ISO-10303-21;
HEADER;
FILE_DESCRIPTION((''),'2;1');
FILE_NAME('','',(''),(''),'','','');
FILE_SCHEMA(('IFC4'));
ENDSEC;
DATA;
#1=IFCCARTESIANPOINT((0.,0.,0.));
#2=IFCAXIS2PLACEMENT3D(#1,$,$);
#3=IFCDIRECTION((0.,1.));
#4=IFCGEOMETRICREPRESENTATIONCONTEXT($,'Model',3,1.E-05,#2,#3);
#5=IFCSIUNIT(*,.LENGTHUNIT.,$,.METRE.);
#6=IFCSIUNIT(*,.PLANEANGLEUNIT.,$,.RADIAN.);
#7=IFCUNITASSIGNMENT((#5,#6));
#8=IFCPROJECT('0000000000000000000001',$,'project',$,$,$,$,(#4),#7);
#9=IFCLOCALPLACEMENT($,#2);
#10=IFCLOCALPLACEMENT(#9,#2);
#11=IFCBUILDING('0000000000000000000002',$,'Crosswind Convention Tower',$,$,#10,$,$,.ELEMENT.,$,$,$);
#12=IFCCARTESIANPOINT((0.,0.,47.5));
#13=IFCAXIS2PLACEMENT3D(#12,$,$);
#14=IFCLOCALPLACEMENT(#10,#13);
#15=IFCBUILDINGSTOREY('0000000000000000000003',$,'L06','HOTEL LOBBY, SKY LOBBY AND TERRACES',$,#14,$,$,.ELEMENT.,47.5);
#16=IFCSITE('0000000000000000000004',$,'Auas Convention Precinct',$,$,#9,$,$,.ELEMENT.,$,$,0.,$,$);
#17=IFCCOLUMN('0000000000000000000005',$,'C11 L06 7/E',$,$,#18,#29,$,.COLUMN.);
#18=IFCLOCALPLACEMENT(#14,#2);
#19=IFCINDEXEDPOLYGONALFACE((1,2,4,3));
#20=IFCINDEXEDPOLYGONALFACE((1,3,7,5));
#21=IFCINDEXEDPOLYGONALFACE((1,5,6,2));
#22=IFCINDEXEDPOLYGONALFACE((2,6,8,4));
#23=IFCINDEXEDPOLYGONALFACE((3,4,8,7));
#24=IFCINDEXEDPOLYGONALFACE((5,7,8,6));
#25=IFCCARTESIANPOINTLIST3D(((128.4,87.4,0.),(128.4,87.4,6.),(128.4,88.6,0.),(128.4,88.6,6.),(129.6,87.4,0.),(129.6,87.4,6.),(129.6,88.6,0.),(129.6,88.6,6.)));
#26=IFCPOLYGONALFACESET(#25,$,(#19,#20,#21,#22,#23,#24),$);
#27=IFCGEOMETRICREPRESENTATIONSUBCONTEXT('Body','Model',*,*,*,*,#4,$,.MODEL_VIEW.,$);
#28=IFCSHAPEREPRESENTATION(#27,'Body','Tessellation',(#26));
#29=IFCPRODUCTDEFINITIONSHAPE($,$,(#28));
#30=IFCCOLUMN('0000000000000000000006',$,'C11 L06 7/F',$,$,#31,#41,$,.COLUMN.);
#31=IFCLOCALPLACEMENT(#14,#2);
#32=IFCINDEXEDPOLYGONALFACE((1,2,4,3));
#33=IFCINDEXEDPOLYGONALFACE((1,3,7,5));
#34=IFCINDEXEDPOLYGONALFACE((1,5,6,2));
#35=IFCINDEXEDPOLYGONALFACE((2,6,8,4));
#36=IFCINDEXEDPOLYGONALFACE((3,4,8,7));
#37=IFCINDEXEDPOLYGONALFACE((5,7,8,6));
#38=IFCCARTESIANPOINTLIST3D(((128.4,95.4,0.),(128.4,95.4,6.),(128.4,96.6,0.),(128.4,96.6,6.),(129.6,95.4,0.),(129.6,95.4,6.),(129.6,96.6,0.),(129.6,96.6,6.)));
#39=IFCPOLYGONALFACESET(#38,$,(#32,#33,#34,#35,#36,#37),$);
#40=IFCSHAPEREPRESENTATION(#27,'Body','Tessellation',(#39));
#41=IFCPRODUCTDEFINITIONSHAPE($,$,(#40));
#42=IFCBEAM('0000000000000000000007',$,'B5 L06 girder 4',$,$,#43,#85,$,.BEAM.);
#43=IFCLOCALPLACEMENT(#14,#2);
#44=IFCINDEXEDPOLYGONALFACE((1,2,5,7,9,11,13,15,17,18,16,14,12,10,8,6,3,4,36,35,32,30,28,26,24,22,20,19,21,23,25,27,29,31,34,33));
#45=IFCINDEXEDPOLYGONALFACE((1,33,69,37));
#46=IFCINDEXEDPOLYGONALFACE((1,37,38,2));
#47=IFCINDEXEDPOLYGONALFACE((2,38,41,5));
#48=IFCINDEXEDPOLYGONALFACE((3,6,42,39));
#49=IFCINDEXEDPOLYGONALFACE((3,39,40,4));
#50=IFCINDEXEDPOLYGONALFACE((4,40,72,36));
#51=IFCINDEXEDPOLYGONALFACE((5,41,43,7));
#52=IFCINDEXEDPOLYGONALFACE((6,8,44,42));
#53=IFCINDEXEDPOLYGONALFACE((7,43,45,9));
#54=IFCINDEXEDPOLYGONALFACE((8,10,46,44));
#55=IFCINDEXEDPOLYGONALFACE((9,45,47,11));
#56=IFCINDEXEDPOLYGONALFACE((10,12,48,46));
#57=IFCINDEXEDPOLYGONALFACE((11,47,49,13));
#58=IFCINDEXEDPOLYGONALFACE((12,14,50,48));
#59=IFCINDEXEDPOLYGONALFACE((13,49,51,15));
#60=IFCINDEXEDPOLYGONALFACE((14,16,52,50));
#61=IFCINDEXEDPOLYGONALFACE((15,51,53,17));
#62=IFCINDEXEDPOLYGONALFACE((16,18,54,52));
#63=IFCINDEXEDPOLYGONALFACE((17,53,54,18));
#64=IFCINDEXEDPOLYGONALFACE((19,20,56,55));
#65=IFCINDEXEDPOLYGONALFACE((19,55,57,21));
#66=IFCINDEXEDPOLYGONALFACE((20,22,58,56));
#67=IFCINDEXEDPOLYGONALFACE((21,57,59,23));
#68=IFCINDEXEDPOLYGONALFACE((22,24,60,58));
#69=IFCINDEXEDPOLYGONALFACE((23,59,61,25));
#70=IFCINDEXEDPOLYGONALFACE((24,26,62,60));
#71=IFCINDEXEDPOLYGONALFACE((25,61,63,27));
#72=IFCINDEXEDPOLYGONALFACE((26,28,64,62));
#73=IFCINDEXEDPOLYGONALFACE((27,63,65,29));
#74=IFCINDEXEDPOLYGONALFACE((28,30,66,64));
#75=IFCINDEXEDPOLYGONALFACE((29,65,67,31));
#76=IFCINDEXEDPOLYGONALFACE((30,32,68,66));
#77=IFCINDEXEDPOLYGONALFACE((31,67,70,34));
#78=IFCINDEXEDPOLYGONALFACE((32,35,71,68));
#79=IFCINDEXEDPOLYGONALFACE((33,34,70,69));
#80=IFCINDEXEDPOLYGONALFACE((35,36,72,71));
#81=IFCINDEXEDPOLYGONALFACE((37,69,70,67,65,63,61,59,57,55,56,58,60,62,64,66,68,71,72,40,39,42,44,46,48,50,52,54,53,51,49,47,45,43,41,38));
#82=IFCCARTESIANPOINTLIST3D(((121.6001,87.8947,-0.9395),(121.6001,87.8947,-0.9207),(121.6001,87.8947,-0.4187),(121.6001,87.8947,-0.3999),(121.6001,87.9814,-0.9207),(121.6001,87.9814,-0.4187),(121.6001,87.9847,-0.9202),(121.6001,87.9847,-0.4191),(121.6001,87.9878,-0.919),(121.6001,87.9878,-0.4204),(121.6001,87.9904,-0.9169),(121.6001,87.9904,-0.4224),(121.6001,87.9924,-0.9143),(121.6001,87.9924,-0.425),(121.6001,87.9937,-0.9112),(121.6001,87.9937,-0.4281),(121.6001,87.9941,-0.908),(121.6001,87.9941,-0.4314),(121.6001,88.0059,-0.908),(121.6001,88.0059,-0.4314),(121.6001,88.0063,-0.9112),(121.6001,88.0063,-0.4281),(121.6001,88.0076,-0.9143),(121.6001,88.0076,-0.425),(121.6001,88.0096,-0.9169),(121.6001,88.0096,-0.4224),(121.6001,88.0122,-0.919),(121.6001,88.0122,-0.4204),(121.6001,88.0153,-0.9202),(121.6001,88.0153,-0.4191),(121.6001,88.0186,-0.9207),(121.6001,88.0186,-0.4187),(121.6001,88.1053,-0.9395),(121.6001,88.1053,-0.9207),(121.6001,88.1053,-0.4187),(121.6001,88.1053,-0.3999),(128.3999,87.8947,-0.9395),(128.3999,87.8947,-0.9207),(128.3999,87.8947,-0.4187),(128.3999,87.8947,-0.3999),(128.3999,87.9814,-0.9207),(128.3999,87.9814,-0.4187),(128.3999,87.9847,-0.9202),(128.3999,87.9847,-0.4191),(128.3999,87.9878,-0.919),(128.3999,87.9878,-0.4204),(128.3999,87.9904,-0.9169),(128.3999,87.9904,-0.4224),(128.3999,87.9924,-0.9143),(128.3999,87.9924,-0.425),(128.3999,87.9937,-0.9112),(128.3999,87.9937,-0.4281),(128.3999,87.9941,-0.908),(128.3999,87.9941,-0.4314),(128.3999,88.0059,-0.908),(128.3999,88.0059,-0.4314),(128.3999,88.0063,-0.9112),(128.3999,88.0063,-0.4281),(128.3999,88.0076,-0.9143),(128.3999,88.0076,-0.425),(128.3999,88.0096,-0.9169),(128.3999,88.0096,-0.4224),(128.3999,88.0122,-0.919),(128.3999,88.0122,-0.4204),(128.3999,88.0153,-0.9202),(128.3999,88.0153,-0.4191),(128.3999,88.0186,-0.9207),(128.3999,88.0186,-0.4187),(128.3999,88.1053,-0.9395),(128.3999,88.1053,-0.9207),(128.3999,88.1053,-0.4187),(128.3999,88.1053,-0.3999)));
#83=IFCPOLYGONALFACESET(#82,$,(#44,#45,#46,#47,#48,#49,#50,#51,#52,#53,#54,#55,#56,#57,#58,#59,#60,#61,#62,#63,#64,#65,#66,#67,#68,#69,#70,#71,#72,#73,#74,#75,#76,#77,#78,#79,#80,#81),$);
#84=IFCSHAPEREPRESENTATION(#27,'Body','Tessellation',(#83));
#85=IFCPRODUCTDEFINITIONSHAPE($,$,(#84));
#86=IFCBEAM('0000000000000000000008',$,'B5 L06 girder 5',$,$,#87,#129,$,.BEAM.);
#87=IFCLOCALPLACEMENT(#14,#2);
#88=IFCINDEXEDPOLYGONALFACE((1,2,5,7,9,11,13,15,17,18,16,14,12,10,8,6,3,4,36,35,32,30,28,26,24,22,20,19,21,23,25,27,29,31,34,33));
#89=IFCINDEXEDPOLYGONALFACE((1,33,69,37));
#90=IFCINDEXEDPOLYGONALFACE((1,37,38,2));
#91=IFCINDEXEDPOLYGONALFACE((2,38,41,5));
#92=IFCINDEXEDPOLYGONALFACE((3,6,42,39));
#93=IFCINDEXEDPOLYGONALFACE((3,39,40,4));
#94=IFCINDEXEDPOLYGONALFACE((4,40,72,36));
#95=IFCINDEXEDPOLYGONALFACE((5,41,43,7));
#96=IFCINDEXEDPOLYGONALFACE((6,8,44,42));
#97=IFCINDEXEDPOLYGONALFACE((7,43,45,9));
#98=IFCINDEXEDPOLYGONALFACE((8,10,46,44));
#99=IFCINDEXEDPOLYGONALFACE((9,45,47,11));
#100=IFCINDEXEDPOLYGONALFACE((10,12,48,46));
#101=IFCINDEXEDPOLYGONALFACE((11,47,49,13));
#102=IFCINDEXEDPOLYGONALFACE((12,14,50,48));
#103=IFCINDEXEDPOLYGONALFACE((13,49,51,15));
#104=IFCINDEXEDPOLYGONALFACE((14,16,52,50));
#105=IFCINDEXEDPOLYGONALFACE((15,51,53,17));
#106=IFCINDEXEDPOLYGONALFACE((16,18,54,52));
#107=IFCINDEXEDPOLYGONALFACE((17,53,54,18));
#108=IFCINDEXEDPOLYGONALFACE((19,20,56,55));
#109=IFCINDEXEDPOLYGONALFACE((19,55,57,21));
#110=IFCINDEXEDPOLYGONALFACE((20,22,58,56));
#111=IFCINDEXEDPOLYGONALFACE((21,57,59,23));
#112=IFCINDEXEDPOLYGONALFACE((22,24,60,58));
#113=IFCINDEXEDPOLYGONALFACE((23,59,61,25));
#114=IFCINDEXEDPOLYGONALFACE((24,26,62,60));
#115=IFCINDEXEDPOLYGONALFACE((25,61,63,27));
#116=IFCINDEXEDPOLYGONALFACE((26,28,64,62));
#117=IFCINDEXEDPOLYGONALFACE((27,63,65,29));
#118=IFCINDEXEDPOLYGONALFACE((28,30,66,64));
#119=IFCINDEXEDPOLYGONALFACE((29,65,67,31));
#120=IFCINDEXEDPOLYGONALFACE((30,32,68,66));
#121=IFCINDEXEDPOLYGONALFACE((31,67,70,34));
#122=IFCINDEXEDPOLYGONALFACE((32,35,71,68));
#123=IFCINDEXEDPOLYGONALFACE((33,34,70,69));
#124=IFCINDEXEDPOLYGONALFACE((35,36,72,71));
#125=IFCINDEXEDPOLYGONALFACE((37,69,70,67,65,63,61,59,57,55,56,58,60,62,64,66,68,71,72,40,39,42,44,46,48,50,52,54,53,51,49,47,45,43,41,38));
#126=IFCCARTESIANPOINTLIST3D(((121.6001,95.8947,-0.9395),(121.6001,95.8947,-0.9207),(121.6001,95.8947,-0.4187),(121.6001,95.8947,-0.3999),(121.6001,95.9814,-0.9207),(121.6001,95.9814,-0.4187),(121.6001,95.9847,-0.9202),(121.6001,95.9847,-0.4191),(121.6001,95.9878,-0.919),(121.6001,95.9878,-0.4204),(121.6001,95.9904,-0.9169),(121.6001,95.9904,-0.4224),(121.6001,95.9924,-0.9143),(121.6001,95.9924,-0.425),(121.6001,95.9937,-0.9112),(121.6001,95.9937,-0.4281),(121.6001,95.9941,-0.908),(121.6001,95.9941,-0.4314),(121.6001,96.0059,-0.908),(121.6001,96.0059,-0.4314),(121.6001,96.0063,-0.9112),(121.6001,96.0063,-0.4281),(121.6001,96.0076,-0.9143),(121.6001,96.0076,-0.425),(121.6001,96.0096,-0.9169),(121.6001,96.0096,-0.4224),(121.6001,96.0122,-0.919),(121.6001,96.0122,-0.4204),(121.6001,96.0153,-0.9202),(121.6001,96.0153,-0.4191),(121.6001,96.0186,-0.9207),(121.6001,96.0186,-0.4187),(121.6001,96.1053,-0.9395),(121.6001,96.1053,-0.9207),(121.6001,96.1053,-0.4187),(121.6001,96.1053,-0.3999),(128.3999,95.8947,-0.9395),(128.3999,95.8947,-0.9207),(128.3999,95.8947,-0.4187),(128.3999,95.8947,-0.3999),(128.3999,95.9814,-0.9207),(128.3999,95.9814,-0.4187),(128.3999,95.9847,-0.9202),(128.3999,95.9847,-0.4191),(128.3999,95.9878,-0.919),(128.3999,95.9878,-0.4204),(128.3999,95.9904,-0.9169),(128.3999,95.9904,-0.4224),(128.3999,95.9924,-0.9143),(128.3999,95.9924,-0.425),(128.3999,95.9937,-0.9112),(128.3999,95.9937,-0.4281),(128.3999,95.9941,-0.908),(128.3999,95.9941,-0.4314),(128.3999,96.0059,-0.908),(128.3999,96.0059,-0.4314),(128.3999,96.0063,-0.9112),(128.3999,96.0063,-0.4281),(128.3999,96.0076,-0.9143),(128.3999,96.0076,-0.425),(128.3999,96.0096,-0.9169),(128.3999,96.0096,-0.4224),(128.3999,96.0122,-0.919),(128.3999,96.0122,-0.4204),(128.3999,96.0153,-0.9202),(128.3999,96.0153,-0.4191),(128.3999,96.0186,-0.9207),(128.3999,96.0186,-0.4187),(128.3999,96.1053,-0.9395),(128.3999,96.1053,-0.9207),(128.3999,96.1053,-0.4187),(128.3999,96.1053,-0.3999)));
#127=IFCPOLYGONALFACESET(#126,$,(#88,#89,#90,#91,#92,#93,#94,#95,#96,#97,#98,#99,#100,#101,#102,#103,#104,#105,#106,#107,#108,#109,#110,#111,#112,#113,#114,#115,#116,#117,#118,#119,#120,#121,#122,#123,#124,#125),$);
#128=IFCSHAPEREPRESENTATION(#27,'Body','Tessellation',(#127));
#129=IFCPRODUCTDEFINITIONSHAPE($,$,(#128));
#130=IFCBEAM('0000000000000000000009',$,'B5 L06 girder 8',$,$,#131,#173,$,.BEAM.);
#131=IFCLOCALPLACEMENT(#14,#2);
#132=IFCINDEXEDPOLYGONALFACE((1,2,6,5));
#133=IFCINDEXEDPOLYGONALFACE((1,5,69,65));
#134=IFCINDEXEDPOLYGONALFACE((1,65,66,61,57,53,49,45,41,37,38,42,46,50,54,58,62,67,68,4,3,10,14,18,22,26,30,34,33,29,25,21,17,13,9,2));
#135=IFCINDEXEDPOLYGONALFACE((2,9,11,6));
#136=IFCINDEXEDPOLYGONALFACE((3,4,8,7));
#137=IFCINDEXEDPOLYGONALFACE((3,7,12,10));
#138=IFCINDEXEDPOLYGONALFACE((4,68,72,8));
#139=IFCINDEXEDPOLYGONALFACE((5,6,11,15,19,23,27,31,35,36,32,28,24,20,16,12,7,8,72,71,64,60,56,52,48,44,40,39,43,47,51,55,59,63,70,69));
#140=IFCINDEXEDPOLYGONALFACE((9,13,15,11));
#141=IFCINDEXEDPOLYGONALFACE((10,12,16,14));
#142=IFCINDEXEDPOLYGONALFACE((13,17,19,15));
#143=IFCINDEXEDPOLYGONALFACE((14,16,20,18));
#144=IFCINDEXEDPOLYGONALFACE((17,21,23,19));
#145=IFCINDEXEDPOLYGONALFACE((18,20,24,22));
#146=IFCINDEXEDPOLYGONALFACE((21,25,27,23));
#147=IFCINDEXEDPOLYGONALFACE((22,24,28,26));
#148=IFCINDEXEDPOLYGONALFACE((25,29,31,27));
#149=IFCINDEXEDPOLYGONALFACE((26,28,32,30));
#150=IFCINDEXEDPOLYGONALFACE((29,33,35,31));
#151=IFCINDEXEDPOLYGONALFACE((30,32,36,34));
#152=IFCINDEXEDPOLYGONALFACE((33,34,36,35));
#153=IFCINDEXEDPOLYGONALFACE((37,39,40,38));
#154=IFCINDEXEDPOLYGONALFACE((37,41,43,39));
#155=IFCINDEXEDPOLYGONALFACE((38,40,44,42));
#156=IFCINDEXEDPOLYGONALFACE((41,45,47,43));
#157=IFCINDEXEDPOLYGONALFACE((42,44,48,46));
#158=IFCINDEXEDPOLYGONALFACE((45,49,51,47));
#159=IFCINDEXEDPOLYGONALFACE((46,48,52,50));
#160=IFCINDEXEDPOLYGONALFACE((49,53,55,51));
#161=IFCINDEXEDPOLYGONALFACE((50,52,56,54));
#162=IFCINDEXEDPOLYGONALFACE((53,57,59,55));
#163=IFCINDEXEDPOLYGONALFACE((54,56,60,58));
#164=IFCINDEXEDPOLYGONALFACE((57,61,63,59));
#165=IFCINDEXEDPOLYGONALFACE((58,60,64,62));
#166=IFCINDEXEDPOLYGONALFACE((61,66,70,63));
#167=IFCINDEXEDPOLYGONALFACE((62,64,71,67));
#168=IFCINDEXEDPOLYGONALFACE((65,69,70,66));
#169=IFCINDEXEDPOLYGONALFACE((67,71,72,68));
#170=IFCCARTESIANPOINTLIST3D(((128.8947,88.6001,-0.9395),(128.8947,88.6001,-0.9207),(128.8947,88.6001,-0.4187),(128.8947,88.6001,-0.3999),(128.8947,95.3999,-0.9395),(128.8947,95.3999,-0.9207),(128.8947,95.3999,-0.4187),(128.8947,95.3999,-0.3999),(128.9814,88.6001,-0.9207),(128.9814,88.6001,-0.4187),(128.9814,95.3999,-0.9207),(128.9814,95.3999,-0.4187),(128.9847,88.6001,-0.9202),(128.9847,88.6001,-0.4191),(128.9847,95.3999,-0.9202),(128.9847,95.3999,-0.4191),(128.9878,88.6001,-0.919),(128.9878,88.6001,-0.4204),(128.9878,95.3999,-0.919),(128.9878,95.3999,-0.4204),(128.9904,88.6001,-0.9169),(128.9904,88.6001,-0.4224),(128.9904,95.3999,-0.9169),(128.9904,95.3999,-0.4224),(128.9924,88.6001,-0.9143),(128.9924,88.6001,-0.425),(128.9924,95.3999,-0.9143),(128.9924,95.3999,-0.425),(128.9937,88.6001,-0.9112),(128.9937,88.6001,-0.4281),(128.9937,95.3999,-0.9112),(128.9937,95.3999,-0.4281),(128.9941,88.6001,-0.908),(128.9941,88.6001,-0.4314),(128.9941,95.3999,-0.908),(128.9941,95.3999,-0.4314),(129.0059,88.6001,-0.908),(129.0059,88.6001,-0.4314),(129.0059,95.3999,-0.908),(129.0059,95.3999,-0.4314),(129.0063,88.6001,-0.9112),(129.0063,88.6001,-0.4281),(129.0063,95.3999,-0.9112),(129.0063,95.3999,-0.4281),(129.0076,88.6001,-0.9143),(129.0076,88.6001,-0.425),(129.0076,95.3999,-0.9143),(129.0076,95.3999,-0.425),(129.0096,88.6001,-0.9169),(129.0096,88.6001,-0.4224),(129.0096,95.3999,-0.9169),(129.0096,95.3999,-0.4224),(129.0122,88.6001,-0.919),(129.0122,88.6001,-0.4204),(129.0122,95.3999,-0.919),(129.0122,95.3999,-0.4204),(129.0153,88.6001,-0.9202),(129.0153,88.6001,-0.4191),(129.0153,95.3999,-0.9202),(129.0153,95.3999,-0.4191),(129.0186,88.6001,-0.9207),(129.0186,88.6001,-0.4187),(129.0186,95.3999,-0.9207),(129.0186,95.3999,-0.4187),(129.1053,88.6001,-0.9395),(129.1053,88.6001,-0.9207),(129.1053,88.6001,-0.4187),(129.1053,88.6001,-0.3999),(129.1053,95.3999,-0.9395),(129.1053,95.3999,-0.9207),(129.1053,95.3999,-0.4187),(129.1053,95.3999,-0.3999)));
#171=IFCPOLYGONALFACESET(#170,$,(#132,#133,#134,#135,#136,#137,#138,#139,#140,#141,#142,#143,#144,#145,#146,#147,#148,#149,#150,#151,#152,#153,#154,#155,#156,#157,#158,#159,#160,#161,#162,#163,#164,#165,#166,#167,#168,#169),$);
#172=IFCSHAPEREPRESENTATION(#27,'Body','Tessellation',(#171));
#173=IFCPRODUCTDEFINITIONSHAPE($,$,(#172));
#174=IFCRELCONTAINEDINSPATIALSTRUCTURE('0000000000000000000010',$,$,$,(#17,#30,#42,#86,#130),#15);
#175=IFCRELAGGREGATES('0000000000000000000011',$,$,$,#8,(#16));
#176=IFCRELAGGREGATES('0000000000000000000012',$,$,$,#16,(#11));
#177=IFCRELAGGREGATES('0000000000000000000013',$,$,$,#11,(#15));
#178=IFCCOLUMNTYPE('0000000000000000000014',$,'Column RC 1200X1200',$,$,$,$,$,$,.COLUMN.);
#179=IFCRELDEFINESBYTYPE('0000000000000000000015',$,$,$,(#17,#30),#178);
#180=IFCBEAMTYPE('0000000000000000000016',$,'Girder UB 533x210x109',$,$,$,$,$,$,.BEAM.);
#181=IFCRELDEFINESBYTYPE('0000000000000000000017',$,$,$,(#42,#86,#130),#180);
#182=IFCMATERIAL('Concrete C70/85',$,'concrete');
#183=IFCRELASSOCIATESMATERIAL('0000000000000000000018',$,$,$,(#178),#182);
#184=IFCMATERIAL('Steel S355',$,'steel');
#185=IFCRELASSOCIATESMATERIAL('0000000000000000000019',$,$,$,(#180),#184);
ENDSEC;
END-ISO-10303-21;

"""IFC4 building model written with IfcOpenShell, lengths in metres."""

from ifc_helpers import new_model, si_unit, direction, frame, origin, origin_2d, place, context, subcontext, project, spatial, rectangle, i_section, extrude, material, material_profile, profile_set, type_object, element, save


model = new_model("IFC4")

# Units and contexts
model_context = context("Model", 3, precision=1e-05, world=origin(), true_north=direction((0.0, 1.0)))
body_context = subcontext(model_context, "Body", "Model", "MODEL_VIEW")
ifc_project = project(units=[si_unit("LENGTHUNIT", "METRE"), si_unit("PLANEANGLEUNIT", "RADIAN")], contexts=[model_context])

# Site, building, storey
site_placement = place(None, origin())
site = spatial("IfcSite", under=ifc_project, at=site_placement, Name="Auas Convention Precinct", CompositionType="ELEMENT", RefElevation=0.0)
building_placement = place(site_placement, origin())
building = spatial("IfcBuilding", under=site, at=building_placement, Name="Crosswind Convention Tower", CompositionType="ELEMENT")
storey_placement = place(building_placement, frame((0.0, 0.0, 47.5)))
storey = spatial("IfcBuildingStorey", under=building, at=storey_placement, Name="L06", Description="HOTEL LOBBY, SKY LOBBY AND TERRACES", CompositionType="ELEMENT", Elevation=47.5)

# Columns
ifc_material_1 = material(Name="Concrete C70/85", Category="concrete")
ifc_material_profile_1 = material_profile(ifc_material_1, rectangle(XDim=1.2, YDim=1.2, at=origin_2d()), Name="RC 1200X1200")
ifc_profile_set_1 = profile_set([ifc_material_profile_1], Name="Concrete C70/85")
column_type = type_object("IfcColumnType", Name="Column RC 1200X1200", PredefinedType="COLUMN", material=ifc_profile_set_1)
for number, where, z_axis, x_axis, name in (
    (1, (129.0, 88.0, 0.0), (0.0, 0.0, 1.0), (1.0, 0.0, 0.0), "C11 L06 7/E"),
    (2, (129.0, 96.0, 0.0), (0.0, 0.0, 1.0), (1.0, 0.0, 0.0), "C11 L06 7/F"),
):
    element("IfcColumn", number, at=place(storey_placement, frame(where, z_axis=z_axis, x_axis=x_axis)), inside=storey, type_object=column_type, Name=name, PredefinedType="COLUMN", context=body_context, shape_type="SweptSolid", body=[
        extrude(rectangle(XDim=1.2, YDim=1.2, at=origin_2d()), origin(), (0.0, 0.0, 1.0), 6.0),
    ])

# Beams
ifc_material_2 = material(Name="Steel S355", Category="steel")
ifc_material_profile_2 = material_profile(ifc_material_2, i_section(OverallWidth=0.2107, OverallDepth=0.5396, WebThickness=0.0117, FlangeThickness=0.0188, FilletRadius=0.0127, at=origin_2d()), Name="UB 533x210x109")
ifc_profile_set_2 = profile_set([ifc_material_profile_2], Name="Steel S355")
beam_type_1 = type_object("IfcBeamType", Name="Girder UB 533x210x109", PredefinedType="BEAM", material=ifc_profile_set_2)
for number, where, z_axis, x_axis, name in (
    (3, (121.6001, 88.0, -0.6697), (1.0, 0.0, 0.0), (0.0, 1.0, 0.0), "B5 L06 girder 4"),
    (4, (121.6001, 96.0, -0.6697), (1.0, 0.0, 0.0), (0.0, 1.0, 0.0), "B5 L06 girder 5"),
    (5, (129.0, 88.6001, -0.6697), (0.0, 1.0, 0.0), (-1.0, 0.0, 0.0), "B5 L06 girder 8"),
):
    element("IfcBeam", number, at=place(storey_placement, frame(where, z_axis=z_axis, x_axis=x_axis)), inside=storey, type_object=beam_type_1, Name=name, PredefinedType="BEAM", context=body_context, shape_type="SweptSolid", body=[
        extrude(i_section(OverallWidth=0.2107, OverallDepth=0.5396, WebThickness=0.0117, FlangeThickness=0.0188, FilletRadius=0.0127, at=origin_2d()), origin(), (0.0, 0.0, 1.0), 6.7998),
    ])

save(model, "model.ifc")
